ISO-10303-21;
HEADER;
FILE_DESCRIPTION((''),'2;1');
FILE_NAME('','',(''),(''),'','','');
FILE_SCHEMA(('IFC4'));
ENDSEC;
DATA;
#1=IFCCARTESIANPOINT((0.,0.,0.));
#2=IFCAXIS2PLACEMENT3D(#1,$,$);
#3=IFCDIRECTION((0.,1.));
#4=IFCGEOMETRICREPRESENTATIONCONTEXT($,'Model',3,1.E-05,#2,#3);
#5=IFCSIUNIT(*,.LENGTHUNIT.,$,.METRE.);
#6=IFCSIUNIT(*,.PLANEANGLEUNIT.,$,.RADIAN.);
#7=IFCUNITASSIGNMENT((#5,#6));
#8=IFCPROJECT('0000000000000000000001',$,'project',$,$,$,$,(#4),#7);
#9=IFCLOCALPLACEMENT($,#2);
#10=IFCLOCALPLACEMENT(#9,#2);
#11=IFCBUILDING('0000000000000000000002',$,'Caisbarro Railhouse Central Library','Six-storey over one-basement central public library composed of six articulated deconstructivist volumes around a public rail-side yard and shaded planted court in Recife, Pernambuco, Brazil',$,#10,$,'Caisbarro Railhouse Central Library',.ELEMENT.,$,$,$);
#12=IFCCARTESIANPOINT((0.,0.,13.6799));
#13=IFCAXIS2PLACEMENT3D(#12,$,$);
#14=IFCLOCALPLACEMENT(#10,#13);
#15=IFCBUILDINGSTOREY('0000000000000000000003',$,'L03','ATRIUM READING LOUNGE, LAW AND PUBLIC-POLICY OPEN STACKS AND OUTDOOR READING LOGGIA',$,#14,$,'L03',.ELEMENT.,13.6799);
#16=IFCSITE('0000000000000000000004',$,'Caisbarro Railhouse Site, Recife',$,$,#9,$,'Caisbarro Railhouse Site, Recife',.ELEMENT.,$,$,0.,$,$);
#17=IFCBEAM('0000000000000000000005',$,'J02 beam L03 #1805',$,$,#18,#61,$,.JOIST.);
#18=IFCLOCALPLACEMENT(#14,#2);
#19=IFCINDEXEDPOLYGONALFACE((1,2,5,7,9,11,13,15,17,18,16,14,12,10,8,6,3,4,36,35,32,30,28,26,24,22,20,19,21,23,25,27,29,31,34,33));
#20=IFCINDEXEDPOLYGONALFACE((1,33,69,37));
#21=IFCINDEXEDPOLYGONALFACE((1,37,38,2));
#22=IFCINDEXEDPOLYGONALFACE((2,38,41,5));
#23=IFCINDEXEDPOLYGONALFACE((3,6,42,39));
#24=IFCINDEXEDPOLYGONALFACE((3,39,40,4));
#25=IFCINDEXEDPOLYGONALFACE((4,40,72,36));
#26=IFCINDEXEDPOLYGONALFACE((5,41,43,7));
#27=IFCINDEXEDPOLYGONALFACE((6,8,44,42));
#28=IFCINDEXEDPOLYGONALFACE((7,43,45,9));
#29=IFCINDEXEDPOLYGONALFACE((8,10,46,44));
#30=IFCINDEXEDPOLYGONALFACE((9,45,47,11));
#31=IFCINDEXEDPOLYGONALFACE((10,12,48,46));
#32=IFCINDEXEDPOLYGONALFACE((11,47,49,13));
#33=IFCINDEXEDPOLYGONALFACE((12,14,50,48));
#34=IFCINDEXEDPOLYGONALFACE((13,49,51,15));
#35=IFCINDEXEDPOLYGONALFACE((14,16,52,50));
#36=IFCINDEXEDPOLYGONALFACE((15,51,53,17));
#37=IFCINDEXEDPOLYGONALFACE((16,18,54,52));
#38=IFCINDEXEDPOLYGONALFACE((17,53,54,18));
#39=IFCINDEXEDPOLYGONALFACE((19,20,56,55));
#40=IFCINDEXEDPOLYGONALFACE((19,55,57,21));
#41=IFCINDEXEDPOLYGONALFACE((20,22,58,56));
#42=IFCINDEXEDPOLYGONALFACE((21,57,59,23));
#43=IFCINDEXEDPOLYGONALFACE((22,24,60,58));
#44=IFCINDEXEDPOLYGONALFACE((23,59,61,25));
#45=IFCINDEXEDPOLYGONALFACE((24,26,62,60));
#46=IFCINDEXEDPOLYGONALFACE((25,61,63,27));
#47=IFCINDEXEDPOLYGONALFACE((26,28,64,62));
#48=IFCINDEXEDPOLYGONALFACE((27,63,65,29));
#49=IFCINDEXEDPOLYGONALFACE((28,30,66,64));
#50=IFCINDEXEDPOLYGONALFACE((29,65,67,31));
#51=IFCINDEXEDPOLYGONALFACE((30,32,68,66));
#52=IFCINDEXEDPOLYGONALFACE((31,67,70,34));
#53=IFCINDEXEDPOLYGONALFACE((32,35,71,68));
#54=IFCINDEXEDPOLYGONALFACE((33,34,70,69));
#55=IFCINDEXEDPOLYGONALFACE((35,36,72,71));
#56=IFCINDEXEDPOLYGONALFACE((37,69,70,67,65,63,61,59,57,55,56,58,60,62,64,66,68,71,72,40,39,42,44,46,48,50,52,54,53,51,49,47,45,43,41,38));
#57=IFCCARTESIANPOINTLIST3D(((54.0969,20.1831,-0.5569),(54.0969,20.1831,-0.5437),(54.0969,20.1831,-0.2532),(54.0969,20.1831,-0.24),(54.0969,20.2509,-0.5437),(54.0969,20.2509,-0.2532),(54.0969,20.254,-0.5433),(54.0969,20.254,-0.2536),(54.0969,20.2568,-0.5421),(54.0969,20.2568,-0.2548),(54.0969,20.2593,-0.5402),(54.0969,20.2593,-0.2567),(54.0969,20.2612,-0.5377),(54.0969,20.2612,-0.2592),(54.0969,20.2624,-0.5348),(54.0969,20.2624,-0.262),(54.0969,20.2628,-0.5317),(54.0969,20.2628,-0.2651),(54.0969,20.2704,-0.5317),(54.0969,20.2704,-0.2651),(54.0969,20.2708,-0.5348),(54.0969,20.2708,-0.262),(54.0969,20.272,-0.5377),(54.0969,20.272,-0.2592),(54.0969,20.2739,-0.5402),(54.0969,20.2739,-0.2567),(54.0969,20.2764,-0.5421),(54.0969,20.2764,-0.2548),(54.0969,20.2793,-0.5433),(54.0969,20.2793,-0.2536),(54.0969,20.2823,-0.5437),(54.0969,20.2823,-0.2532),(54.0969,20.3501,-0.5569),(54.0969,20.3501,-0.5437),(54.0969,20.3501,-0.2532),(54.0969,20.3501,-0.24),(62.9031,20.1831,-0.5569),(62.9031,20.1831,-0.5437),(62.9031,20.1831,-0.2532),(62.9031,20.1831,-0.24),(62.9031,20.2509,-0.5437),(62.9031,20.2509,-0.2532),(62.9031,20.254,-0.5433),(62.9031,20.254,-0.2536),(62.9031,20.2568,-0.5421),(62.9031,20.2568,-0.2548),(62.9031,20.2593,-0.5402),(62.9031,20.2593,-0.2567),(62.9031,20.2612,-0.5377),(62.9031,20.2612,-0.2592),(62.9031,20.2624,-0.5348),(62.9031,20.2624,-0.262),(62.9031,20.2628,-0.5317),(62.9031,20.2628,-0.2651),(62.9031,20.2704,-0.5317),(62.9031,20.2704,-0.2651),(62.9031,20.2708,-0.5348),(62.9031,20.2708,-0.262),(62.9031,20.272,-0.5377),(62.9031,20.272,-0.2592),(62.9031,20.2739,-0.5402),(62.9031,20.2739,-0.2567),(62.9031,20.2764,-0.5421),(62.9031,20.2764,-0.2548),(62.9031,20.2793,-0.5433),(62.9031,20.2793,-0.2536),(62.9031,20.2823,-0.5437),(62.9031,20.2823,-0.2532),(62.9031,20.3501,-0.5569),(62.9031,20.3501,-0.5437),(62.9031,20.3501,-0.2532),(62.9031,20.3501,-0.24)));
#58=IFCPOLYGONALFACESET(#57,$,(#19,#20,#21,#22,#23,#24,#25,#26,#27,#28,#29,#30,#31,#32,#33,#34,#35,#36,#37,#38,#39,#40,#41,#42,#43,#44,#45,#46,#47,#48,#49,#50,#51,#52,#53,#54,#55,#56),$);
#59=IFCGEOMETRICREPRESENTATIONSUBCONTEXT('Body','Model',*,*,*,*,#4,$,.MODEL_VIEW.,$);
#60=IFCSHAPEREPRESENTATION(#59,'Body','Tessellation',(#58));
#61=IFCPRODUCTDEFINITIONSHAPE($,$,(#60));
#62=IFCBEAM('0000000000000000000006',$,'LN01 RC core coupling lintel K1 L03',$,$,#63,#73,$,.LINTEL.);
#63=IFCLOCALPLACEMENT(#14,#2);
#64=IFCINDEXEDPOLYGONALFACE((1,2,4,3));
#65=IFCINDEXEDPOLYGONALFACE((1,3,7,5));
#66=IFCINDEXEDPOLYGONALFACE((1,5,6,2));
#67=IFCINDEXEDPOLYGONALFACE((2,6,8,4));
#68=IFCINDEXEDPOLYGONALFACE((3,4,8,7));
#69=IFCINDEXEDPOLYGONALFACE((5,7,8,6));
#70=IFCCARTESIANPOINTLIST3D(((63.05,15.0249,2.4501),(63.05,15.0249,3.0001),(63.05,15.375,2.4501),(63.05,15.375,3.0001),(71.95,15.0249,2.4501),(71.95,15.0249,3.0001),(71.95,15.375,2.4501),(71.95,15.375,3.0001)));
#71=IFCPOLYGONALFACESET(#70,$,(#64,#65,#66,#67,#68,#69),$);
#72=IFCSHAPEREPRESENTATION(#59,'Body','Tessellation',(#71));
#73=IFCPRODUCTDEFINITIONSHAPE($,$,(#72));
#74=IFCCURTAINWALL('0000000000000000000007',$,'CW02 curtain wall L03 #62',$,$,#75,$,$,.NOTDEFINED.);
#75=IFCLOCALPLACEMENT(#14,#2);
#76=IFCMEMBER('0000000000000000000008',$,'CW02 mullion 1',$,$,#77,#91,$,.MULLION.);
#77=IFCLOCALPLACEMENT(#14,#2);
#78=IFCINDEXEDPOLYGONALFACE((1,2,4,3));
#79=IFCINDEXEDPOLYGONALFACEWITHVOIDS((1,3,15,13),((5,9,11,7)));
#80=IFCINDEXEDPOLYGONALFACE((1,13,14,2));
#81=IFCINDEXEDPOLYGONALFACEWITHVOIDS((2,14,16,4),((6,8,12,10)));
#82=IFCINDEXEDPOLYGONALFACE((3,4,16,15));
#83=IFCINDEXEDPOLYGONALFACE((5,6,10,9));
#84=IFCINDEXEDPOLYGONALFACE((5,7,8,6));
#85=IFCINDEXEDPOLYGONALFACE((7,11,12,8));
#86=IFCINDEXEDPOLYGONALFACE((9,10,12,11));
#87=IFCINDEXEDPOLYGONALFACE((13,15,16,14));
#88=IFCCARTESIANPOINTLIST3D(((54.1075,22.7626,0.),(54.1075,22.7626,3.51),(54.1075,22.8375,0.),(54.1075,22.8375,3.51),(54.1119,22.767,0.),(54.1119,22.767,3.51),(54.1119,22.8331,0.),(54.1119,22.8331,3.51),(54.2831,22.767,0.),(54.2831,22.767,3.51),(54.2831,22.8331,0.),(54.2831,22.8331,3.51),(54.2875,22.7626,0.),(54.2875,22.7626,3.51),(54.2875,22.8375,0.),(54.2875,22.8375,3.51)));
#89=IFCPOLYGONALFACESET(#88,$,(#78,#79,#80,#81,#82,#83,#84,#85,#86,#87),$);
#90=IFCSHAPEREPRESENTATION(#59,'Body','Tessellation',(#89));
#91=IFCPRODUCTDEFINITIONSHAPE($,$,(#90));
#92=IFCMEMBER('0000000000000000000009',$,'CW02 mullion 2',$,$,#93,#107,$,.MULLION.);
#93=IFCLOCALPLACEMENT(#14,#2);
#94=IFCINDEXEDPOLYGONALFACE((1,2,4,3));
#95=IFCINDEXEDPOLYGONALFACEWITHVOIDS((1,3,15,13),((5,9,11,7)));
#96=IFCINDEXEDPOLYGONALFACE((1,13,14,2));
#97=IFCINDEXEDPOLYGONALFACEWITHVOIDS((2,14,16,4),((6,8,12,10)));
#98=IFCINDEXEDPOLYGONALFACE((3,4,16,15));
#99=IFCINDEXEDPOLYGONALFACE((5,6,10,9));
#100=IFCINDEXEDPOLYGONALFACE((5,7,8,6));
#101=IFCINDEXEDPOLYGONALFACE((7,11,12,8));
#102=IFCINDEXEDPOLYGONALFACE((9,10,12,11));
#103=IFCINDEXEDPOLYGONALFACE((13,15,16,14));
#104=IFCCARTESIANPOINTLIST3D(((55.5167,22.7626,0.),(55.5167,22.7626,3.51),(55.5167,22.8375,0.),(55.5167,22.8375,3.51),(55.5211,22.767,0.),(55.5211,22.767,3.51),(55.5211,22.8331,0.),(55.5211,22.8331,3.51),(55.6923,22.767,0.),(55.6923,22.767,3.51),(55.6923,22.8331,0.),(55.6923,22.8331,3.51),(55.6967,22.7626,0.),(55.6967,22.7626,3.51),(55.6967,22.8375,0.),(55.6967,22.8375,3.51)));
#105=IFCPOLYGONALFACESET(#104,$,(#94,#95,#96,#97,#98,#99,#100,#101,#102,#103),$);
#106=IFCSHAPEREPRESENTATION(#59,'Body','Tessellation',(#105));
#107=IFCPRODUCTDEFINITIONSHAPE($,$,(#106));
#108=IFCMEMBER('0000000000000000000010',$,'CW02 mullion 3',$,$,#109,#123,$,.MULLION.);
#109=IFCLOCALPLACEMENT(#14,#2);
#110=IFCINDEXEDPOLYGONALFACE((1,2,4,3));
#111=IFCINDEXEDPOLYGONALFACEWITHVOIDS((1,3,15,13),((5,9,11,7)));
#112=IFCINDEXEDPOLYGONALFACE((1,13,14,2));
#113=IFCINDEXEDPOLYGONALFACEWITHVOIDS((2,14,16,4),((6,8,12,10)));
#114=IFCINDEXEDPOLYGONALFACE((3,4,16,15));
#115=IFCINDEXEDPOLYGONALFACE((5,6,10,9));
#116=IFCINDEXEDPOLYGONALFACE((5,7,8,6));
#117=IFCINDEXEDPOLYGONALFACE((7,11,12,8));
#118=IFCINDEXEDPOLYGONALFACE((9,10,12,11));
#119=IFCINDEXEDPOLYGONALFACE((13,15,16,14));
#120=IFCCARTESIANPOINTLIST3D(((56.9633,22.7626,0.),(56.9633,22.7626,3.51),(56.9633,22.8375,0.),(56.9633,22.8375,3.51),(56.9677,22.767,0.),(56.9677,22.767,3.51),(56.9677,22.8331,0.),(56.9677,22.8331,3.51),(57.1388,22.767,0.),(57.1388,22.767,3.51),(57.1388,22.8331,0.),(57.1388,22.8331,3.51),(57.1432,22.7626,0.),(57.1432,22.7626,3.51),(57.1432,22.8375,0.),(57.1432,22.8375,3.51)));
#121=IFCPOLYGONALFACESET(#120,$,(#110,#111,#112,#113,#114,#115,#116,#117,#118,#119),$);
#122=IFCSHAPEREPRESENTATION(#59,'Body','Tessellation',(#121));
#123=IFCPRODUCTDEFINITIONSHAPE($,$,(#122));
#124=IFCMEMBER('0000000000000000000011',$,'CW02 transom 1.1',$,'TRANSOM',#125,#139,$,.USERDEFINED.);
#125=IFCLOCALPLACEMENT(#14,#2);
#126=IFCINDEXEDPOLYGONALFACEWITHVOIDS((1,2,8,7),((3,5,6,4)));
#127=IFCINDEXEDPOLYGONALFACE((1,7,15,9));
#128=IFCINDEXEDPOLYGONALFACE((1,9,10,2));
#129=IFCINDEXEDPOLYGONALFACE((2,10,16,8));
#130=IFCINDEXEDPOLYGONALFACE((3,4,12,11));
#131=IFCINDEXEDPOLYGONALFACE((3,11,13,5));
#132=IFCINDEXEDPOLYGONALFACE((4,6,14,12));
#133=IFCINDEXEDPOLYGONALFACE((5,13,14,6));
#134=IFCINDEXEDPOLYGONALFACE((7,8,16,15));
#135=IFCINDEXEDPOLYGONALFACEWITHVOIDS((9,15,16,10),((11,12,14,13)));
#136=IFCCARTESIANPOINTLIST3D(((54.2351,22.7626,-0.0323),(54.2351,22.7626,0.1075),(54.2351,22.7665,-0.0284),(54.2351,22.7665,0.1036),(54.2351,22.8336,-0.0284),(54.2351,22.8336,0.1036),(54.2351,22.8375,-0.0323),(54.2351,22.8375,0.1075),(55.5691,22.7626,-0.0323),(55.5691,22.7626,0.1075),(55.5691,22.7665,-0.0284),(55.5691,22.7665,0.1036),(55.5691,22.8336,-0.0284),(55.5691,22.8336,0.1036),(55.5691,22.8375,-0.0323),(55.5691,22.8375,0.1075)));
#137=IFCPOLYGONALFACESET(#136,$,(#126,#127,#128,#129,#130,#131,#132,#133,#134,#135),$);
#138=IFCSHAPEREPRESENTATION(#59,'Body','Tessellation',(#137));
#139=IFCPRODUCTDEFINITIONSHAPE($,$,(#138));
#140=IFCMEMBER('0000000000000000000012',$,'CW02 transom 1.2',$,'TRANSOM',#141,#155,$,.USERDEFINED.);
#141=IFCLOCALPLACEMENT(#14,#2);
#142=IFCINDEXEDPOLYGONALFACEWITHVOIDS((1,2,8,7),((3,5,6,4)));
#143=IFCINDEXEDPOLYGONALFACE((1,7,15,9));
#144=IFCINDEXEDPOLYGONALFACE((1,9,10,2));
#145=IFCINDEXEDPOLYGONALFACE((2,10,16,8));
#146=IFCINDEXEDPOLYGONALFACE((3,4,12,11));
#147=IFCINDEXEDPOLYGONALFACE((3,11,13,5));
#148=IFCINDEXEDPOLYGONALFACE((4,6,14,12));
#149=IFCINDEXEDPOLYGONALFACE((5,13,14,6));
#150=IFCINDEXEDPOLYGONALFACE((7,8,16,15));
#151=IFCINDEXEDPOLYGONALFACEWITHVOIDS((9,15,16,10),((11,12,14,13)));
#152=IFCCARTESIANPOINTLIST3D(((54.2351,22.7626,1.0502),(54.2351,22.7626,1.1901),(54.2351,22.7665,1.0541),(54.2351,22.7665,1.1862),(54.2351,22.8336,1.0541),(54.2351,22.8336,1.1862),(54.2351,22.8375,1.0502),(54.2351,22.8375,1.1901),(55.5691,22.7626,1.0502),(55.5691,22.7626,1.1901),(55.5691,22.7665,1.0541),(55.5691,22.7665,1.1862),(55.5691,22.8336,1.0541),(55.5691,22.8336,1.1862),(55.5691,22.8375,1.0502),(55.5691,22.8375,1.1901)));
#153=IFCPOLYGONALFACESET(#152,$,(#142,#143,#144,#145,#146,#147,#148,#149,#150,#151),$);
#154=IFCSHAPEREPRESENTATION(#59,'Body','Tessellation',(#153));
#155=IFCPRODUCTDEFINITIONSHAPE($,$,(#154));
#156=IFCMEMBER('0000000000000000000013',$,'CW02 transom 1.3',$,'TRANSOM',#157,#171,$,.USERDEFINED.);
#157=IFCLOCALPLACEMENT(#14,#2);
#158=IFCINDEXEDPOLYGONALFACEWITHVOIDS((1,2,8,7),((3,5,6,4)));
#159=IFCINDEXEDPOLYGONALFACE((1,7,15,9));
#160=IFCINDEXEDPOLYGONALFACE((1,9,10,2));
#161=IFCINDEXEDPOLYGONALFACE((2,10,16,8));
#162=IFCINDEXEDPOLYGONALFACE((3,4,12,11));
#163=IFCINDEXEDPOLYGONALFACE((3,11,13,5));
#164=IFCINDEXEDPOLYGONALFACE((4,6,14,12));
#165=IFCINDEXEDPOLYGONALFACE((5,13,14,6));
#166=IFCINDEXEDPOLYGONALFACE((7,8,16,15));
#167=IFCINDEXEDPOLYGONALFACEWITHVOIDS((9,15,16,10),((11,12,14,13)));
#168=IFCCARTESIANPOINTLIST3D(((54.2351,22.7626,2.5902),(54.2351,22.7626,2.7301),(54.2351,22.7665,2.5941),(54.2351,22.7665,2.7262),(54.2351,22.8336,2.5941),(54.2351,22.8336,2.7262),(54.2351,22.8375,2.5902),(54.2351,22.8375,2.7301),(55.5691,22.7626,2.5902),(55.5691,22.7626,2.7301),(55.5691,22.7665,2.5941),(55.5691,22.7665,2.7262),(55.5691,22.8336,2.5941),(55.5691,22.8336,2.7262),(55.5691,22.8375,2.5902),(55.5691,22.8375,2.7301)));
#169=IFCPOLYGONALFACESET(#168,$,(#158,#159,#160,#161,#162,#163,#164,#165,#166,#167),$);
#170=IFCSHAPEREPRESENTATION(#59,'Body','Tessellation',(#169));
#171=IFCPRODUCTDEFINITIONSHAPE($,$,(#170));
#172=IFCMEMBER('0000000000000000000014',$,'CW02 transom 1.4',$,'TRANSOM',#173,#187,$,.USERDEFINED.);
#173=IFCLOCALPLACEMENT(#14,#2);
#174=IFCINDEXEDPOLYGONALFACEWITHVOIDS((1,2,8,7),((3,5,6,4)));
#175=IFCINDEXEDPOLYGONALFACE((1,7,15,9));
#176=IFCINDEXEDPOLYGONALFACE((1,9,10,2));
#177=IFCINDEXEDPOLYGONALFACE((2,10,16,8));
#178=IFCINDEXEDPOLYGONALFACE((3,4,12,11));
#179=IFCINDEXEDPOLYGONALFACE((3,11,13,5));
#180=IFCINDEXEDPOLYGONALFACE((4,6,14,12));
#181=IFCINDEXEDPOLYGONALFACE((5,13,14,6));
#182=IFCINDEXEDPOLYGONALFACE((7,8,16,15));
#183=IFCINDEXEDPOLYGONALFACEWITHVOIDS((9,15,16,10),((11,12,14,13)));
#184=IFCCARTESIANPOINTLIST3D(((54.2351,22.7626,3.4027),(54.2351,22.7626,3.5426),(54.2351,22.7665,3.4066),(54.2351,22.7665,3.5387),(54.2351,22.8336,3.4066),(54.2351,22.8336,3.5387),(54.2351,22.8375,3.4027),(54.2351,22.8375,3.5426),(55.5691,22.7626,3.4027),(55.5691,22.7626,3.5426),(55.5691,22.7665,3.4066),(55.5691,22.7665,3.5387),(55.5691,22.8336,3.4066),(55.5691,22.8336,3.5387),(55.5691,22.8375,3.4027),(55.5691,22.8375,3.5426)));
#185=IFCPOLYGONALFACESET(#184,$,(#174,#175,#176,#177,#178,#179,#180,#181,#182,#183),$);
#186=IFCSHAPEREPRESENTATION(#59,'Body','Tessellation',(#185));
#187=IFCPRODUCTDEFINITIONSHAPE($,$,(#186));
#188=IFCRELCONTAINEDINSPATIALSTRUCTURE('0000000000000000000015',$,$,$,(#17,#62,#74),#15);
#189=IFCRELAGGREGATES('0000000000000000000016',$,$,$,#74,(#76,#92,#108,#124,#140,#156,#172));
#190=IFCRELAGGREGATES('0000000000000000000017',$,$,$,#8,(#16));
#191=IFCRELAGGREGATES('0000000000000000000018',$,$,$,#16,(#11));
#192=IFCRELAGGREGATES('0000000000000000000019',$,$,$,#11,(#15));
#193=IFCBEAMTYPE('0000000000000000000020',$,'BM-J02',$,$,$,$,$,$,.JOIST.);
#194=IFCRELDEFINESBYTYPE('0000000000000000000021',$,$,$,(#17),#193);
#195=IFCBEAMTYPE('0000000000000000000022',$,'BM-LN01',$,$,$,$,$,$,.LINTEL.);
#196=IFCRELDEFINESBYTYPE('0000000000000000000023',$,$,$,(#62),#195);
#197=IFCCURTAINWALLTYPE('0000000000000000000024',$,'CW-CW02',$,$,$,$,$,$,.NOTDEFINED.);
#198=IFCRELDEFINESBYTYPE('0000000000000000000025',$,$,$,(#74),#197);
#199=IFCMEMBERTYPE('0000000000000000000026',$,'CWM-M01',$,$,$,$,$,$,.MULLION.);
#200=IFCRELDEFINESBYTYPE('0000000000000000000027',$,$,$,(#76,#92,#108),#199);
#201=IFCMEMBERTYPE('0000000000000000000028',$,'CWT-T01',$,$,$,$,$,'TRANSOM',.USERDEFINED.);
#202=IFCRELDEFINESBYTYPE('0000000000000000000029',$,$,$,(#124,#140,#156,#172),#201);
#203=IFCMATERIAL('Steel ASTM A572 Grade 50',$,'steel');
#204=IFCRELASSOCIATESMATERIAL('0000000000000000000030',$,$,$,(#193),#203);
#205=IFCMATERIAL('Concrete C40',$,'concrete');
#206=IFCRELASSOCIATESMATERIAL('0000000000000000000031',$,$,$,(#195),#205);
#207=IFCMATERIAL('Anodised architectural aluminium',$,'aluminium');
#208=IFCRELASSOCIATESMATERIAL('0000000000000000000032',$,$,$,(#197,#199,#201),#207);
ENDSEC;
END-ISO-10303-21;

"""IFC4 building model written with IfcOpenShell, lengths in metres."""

from ifc_helpers import new_model, si_unit, direction, frame, origin, origin_2d, place, context, subcontext, project, spatial, rectangle, hollow_rectangle, i_section, extrude, material, material_profile, profile_set, type_object, element, aggregate, save


model = new_model("IFC4")

# Units and contexts
model_context = context("Model", 3, precision=1e-05, world=origin(), true_north=direction((0.0, 1.0)))
body_context = subcontext(model_context, "Body", "Model", "MODEL_VIEW")
ifc_project = project(units=[si_unit("LENGTHUNIT", "METRE"), si_unit("PLANEANGLEUNIT", "RADIAN")], contexts=[model_context])

# Site, building, storey
site_placement = place(None, origin())
site = spatial("IfcSite", under=ifc_project, at=site_placement, Name="Caisbarro Railhouse Site, Recife", LongName="Caisbarro Railhouse Site, Recife", CompositionType="ELEMENT", RefElevation=0.0)
building_placement = place(site_placement, origin())
building = spatial("IfcBuilding", under=site, at=building_placement, Name="Caisbarro Railhouse Central Library", Description="Six-storey over one-basement central public library composed of six articulated deconstructivist volumes around a public rail-side yard and shaded planted court in Recife, Pernambuco, Brazil", LongName="Caisbarro Railhouse Central Library", CompositionType="ELEMENT")
storey_placement = place(building_placement, frame((0.0, 0.0, 13.6799)))
storey = spatial("IfcBuildingStorey", under=building, at=storey_placement, Name="L03", Description="ATRIUM READING LOUNGE, LAW AND PUBLIC-POLICY OPEN STACKS AND OUTDOOR READING LOGGIA", LongName="L03", CompositionType="ELEMENT", Elevation=13.6799)

# Shared definitions
ifc_material_1 = material(Name="Steel ASTM A572 Grade 50", Category="steel")

# Beams
ifc_material_profile_1 = material_profile(ifc_material_1, i_section(OverallWidth=0.167, OverallDepth=0.3169, WebThickness=0.0076, FlangeThickness=0.0132, FilletRadius=0.012, at=origin_2d()), Name="W310X52.0")
ifc_profile_set_1 = profile_set([ifc_material_profile_1], Name="Steel ASTM A572 Grade 50")
beam_type_1 = type_object("IfcBeamType", Name="BM-J02", PredefinedType="JOIST", material=ifc_profile_set_1)
for number, where, z_axis, x_axis, name in (
    (1, (54.0969, 20.2666, -0.3984), (1.0, 0.0, 0.0), (0.0, 1.0, 0.0), "J02 beam L03 #1805"),
):
    element("IfcBeam", number, at=place(storey_placement, frame(where, z_axis=z_axis, x_axis=x_axis)), inside=storey, type_object=beam_type_1, Name=name, PredefinedType="JOIST", context=body_context, shape_type="SweptSolid", body=[
        extrude(i_section(OverallWidth=0.167, OverallDepth=0.3169, WebThickness=0.0076, FlangeThickness=0.0132, FilletRadius=0.012, at=origin_2d()), origin(), (0.0, 0.0, 1.0), 8.8062),
    ])
ifc_material_2 = material(Name="Concrete C40", Category="concrete")
ifc_material_profile_2 = material_profile(ifc_material_2, rectangle(XDim=0.3501, YDim=0.55, at=origin_2d()), Name="RC-LIN-350X550")
ifc_profile_set_2 = profile_set([ifc_material_profile_2], Name="Concrete C40")
beam_type_2 = type_object("IfcBeamType", Name="BM-LN01", PredefinedType="LINTEL", material=ifc_profile_set_2)
beam_1_placement = place(storey_placement, frame((63.05, 15.2, 2.7251), z_axis=(1.0, 0.0, 0.0), x_axis=(0.0, 1.0, 0.0)))
element("IfcBeam", 2, at=beam_1_placement, inside=storey, type_object=beam_type_2, Name="LN01 RC core coupling lintel K1 L03", PredefinedType="LINTEL", context=body_context, shape_type="SweptSolid", body=[
    extrude(rectangle(XDim=0.3501, YDim=0.55, at=origin_2d()), origin(), (0.0, 0.0, 1.0), 8.8999),
])

# Curtain wall, members
ifc_material_3 = material(Name="Anodised architectural aluminium", Category="aluminium")
curtain_wall_type = type_object("IfcCurtainWallType", Name="CW-CW02", PredefinedType="NOTDEFINED", material=ifc_material_3)
curtain_wall_placement = place(storey_placement, origin())
curtain_wall = element("IfcCurtainWall", 3, at=curtain_wall_placement, inside=storey, type_object=curtain_wall_type, Name="CW02 curtain wall L03 #62", PredefinedType="NOTDEFINED")
ifc_material_profile_3 = material_profile(ifc_material_3, hollow_rectangle(XDim=0.075, YDim=0.1799, WallThickness=0.0044, at=origin_2d()), Name="ALU-MUL-75X180")
ifc_profile_set_3 = profile_set([ifc_material_profile_3], Name="Anodised architectural aluminium")
member_type_1 = type_object("IfcMemberType", Name="CWM-M01", PredefinedType="MULLION", material=ifc_profile_set_3)
member_1_placement = place(storey_placement, frame((54.1975, 22.8, 0.0), z_axis=(0.0, 0.0, 1.0), x_axis=(0.0, 1.0, 0.0)))
member_1 = element("IfcMember", 4, at=member_1_placement, type_object=member_type_1, Name="CW02 mullion 1", PredefinedType="MULLION", context=body_context, shape_type="SweptSolid", body=[
    extrude(hollow_rectangle(XDim=0.075, YDim=0.1799, WallThickness=0.0044, at=origin_2d()), origin(), (0.0, 0.0, 1.0), 3.51),
])
member_2_placement = place(storey_placement, frame((55.6067, 22.8, 0.0), z_axis=(0.0, 0.0, 1.0), x_axis=(0.0, 1.0, 0.0)))
member_2 = element("IfcMember", 5, at=member_2_placement, type_object=member_type_1, Name="CW02 mullion 2", PredefinedType="MULLION", context=body_context, shape_type="SweptSolid", body=[
    extrude(hollow_rectangle(XDim=0.075, YDim=0.1799, WallThickness=0.0044, at=origin_2d()), origin(), (0.0, 0.0, 1.0), 3.51),
])
member_3_placement = place(storey_placement, frame((57.0532, 22.8, 0.0), z_axis=(0.0, 0.0, 1.0), x_axis=(0.0, 1.0, 0.0)))
member_3 = element("IfcMember", 6, at=member_3_placement, type_object=member_type_1, Name="CW02 mullion 3", PredefinedType="MULLION", context=body_context, shape_type="SweptSolid", body=[
    extrude(hollow_rectangle(XDim=0.075, YDim=0.1799, WallThickness=0.0044, at=origin_2d()), origin(), (0.0, 0.0, 1.0), 3.51),
])
ifc_material_profile_4 = material_profile(ifc_material_3, hollow_rectangle(XDim=0.075, YDim=0.1399, WallThickness=0.0039, at=origin_2d()), Name="ALU-TRN-75X140")
ifc_profile_set_4 = profile_set([ifc_material_profile_4], Name="Anodised architectural aluminium")
member_type_2 = type_object("IfcMemberType", Name="CWT-T01", ElementType="TRANSOM", PredefinedType="USERDEFINED", material=ifc_profile_set_4)
member_4_placement = place(storey_placement, frame((54.2351, 22.8, 0.0376), z_axis=(1.0, 0.0, 0.0), x_axis=(0.0, 1.0, 0.0)))
member_4 = element("IfcMember", 7, at=member_4_placement, type_object=member_type_2, Name="CW02 transom 1.1", ObjectType="TRANSOM", PredefinedType="USERDEFINED", context=body_context, shape_type="SweptSolid", body=[
    extrude(hollow_rectangle(XDim=0.075, YDim=0.1399, WallThickness=0.0039, at=origin_2d()), origin(), (0.0, 0.0, 1.0), 1.334),
])
member_5_placement = place(storey_placement, frame((54.2351, 22.8, 1.1201), z_axis=(1.0, 0.0, 0.0), x_axis=(0.0, 1.0, 0.0)))
member_5 = element("IfcMember", 8, at=member_5_placement, type_object=member_type_2, Name="CW02 transom 1.2", ObjectType="TRANSOM", PredefinedType="USERDEFINED", context=body_context, shape_type="SweptSolid", body=[
    extrude(hollow_rectangle(XDim=0.075, YDim=0.1399, WallThickness=0.0039, at=origin_2d()), origin(), (0.0, 0.0, 1.0), 1.334),
])
member_6_placement = place(storey_placement, frame((54.2351, 22.8, 2.6602), z_axis=(1.0, 0.0, 0.0), x_axis=(0.0, 1.0, 0.0)))
member_6 = element("IfcMember", 9, at=member_6_placement, type_object=member_type_2, Name="CW02 transom 1.3", ObjectType="TRANSOM", PredefinedType="USERDEFINED", context=body_context, shape_type="SweptSolid", body=[
    extrude(hollow_rectangle(XDim=0.075, YDim=0.1399, WallThickness=0.0039, at=origin_2d()), origin(), (0.0, 0.0, 1.0), 1.334),
])
member_7_placement = place(storey_placement, frame((54.2351, 22.8, 3.4727), z_axis=(1.0, 0.0, 0.0), x_axis=(0.0, 1.0, 0.0)))
member_7 = element("IfcMember", 10, at=member_7_placement, type_object=member_type_2, Name="CW02 transom 1.4", ObjectType="TRANSOM", PredefinedType="USERDEFINED", context=body_context, shape_type="SweptSolid", body=[
    extrude(hollow_rectangle(XDim=0.075, YDim=0.1399, WallThickness=0.0039, at=origin_2d()), origin(), (0.0, 0.0, 1.0), 1.334),
])
aggregate(curtain_wall, [member_1, member_2, member_3, member_4, member_5, member_6, member_7])

save(model, "model.ifc")
